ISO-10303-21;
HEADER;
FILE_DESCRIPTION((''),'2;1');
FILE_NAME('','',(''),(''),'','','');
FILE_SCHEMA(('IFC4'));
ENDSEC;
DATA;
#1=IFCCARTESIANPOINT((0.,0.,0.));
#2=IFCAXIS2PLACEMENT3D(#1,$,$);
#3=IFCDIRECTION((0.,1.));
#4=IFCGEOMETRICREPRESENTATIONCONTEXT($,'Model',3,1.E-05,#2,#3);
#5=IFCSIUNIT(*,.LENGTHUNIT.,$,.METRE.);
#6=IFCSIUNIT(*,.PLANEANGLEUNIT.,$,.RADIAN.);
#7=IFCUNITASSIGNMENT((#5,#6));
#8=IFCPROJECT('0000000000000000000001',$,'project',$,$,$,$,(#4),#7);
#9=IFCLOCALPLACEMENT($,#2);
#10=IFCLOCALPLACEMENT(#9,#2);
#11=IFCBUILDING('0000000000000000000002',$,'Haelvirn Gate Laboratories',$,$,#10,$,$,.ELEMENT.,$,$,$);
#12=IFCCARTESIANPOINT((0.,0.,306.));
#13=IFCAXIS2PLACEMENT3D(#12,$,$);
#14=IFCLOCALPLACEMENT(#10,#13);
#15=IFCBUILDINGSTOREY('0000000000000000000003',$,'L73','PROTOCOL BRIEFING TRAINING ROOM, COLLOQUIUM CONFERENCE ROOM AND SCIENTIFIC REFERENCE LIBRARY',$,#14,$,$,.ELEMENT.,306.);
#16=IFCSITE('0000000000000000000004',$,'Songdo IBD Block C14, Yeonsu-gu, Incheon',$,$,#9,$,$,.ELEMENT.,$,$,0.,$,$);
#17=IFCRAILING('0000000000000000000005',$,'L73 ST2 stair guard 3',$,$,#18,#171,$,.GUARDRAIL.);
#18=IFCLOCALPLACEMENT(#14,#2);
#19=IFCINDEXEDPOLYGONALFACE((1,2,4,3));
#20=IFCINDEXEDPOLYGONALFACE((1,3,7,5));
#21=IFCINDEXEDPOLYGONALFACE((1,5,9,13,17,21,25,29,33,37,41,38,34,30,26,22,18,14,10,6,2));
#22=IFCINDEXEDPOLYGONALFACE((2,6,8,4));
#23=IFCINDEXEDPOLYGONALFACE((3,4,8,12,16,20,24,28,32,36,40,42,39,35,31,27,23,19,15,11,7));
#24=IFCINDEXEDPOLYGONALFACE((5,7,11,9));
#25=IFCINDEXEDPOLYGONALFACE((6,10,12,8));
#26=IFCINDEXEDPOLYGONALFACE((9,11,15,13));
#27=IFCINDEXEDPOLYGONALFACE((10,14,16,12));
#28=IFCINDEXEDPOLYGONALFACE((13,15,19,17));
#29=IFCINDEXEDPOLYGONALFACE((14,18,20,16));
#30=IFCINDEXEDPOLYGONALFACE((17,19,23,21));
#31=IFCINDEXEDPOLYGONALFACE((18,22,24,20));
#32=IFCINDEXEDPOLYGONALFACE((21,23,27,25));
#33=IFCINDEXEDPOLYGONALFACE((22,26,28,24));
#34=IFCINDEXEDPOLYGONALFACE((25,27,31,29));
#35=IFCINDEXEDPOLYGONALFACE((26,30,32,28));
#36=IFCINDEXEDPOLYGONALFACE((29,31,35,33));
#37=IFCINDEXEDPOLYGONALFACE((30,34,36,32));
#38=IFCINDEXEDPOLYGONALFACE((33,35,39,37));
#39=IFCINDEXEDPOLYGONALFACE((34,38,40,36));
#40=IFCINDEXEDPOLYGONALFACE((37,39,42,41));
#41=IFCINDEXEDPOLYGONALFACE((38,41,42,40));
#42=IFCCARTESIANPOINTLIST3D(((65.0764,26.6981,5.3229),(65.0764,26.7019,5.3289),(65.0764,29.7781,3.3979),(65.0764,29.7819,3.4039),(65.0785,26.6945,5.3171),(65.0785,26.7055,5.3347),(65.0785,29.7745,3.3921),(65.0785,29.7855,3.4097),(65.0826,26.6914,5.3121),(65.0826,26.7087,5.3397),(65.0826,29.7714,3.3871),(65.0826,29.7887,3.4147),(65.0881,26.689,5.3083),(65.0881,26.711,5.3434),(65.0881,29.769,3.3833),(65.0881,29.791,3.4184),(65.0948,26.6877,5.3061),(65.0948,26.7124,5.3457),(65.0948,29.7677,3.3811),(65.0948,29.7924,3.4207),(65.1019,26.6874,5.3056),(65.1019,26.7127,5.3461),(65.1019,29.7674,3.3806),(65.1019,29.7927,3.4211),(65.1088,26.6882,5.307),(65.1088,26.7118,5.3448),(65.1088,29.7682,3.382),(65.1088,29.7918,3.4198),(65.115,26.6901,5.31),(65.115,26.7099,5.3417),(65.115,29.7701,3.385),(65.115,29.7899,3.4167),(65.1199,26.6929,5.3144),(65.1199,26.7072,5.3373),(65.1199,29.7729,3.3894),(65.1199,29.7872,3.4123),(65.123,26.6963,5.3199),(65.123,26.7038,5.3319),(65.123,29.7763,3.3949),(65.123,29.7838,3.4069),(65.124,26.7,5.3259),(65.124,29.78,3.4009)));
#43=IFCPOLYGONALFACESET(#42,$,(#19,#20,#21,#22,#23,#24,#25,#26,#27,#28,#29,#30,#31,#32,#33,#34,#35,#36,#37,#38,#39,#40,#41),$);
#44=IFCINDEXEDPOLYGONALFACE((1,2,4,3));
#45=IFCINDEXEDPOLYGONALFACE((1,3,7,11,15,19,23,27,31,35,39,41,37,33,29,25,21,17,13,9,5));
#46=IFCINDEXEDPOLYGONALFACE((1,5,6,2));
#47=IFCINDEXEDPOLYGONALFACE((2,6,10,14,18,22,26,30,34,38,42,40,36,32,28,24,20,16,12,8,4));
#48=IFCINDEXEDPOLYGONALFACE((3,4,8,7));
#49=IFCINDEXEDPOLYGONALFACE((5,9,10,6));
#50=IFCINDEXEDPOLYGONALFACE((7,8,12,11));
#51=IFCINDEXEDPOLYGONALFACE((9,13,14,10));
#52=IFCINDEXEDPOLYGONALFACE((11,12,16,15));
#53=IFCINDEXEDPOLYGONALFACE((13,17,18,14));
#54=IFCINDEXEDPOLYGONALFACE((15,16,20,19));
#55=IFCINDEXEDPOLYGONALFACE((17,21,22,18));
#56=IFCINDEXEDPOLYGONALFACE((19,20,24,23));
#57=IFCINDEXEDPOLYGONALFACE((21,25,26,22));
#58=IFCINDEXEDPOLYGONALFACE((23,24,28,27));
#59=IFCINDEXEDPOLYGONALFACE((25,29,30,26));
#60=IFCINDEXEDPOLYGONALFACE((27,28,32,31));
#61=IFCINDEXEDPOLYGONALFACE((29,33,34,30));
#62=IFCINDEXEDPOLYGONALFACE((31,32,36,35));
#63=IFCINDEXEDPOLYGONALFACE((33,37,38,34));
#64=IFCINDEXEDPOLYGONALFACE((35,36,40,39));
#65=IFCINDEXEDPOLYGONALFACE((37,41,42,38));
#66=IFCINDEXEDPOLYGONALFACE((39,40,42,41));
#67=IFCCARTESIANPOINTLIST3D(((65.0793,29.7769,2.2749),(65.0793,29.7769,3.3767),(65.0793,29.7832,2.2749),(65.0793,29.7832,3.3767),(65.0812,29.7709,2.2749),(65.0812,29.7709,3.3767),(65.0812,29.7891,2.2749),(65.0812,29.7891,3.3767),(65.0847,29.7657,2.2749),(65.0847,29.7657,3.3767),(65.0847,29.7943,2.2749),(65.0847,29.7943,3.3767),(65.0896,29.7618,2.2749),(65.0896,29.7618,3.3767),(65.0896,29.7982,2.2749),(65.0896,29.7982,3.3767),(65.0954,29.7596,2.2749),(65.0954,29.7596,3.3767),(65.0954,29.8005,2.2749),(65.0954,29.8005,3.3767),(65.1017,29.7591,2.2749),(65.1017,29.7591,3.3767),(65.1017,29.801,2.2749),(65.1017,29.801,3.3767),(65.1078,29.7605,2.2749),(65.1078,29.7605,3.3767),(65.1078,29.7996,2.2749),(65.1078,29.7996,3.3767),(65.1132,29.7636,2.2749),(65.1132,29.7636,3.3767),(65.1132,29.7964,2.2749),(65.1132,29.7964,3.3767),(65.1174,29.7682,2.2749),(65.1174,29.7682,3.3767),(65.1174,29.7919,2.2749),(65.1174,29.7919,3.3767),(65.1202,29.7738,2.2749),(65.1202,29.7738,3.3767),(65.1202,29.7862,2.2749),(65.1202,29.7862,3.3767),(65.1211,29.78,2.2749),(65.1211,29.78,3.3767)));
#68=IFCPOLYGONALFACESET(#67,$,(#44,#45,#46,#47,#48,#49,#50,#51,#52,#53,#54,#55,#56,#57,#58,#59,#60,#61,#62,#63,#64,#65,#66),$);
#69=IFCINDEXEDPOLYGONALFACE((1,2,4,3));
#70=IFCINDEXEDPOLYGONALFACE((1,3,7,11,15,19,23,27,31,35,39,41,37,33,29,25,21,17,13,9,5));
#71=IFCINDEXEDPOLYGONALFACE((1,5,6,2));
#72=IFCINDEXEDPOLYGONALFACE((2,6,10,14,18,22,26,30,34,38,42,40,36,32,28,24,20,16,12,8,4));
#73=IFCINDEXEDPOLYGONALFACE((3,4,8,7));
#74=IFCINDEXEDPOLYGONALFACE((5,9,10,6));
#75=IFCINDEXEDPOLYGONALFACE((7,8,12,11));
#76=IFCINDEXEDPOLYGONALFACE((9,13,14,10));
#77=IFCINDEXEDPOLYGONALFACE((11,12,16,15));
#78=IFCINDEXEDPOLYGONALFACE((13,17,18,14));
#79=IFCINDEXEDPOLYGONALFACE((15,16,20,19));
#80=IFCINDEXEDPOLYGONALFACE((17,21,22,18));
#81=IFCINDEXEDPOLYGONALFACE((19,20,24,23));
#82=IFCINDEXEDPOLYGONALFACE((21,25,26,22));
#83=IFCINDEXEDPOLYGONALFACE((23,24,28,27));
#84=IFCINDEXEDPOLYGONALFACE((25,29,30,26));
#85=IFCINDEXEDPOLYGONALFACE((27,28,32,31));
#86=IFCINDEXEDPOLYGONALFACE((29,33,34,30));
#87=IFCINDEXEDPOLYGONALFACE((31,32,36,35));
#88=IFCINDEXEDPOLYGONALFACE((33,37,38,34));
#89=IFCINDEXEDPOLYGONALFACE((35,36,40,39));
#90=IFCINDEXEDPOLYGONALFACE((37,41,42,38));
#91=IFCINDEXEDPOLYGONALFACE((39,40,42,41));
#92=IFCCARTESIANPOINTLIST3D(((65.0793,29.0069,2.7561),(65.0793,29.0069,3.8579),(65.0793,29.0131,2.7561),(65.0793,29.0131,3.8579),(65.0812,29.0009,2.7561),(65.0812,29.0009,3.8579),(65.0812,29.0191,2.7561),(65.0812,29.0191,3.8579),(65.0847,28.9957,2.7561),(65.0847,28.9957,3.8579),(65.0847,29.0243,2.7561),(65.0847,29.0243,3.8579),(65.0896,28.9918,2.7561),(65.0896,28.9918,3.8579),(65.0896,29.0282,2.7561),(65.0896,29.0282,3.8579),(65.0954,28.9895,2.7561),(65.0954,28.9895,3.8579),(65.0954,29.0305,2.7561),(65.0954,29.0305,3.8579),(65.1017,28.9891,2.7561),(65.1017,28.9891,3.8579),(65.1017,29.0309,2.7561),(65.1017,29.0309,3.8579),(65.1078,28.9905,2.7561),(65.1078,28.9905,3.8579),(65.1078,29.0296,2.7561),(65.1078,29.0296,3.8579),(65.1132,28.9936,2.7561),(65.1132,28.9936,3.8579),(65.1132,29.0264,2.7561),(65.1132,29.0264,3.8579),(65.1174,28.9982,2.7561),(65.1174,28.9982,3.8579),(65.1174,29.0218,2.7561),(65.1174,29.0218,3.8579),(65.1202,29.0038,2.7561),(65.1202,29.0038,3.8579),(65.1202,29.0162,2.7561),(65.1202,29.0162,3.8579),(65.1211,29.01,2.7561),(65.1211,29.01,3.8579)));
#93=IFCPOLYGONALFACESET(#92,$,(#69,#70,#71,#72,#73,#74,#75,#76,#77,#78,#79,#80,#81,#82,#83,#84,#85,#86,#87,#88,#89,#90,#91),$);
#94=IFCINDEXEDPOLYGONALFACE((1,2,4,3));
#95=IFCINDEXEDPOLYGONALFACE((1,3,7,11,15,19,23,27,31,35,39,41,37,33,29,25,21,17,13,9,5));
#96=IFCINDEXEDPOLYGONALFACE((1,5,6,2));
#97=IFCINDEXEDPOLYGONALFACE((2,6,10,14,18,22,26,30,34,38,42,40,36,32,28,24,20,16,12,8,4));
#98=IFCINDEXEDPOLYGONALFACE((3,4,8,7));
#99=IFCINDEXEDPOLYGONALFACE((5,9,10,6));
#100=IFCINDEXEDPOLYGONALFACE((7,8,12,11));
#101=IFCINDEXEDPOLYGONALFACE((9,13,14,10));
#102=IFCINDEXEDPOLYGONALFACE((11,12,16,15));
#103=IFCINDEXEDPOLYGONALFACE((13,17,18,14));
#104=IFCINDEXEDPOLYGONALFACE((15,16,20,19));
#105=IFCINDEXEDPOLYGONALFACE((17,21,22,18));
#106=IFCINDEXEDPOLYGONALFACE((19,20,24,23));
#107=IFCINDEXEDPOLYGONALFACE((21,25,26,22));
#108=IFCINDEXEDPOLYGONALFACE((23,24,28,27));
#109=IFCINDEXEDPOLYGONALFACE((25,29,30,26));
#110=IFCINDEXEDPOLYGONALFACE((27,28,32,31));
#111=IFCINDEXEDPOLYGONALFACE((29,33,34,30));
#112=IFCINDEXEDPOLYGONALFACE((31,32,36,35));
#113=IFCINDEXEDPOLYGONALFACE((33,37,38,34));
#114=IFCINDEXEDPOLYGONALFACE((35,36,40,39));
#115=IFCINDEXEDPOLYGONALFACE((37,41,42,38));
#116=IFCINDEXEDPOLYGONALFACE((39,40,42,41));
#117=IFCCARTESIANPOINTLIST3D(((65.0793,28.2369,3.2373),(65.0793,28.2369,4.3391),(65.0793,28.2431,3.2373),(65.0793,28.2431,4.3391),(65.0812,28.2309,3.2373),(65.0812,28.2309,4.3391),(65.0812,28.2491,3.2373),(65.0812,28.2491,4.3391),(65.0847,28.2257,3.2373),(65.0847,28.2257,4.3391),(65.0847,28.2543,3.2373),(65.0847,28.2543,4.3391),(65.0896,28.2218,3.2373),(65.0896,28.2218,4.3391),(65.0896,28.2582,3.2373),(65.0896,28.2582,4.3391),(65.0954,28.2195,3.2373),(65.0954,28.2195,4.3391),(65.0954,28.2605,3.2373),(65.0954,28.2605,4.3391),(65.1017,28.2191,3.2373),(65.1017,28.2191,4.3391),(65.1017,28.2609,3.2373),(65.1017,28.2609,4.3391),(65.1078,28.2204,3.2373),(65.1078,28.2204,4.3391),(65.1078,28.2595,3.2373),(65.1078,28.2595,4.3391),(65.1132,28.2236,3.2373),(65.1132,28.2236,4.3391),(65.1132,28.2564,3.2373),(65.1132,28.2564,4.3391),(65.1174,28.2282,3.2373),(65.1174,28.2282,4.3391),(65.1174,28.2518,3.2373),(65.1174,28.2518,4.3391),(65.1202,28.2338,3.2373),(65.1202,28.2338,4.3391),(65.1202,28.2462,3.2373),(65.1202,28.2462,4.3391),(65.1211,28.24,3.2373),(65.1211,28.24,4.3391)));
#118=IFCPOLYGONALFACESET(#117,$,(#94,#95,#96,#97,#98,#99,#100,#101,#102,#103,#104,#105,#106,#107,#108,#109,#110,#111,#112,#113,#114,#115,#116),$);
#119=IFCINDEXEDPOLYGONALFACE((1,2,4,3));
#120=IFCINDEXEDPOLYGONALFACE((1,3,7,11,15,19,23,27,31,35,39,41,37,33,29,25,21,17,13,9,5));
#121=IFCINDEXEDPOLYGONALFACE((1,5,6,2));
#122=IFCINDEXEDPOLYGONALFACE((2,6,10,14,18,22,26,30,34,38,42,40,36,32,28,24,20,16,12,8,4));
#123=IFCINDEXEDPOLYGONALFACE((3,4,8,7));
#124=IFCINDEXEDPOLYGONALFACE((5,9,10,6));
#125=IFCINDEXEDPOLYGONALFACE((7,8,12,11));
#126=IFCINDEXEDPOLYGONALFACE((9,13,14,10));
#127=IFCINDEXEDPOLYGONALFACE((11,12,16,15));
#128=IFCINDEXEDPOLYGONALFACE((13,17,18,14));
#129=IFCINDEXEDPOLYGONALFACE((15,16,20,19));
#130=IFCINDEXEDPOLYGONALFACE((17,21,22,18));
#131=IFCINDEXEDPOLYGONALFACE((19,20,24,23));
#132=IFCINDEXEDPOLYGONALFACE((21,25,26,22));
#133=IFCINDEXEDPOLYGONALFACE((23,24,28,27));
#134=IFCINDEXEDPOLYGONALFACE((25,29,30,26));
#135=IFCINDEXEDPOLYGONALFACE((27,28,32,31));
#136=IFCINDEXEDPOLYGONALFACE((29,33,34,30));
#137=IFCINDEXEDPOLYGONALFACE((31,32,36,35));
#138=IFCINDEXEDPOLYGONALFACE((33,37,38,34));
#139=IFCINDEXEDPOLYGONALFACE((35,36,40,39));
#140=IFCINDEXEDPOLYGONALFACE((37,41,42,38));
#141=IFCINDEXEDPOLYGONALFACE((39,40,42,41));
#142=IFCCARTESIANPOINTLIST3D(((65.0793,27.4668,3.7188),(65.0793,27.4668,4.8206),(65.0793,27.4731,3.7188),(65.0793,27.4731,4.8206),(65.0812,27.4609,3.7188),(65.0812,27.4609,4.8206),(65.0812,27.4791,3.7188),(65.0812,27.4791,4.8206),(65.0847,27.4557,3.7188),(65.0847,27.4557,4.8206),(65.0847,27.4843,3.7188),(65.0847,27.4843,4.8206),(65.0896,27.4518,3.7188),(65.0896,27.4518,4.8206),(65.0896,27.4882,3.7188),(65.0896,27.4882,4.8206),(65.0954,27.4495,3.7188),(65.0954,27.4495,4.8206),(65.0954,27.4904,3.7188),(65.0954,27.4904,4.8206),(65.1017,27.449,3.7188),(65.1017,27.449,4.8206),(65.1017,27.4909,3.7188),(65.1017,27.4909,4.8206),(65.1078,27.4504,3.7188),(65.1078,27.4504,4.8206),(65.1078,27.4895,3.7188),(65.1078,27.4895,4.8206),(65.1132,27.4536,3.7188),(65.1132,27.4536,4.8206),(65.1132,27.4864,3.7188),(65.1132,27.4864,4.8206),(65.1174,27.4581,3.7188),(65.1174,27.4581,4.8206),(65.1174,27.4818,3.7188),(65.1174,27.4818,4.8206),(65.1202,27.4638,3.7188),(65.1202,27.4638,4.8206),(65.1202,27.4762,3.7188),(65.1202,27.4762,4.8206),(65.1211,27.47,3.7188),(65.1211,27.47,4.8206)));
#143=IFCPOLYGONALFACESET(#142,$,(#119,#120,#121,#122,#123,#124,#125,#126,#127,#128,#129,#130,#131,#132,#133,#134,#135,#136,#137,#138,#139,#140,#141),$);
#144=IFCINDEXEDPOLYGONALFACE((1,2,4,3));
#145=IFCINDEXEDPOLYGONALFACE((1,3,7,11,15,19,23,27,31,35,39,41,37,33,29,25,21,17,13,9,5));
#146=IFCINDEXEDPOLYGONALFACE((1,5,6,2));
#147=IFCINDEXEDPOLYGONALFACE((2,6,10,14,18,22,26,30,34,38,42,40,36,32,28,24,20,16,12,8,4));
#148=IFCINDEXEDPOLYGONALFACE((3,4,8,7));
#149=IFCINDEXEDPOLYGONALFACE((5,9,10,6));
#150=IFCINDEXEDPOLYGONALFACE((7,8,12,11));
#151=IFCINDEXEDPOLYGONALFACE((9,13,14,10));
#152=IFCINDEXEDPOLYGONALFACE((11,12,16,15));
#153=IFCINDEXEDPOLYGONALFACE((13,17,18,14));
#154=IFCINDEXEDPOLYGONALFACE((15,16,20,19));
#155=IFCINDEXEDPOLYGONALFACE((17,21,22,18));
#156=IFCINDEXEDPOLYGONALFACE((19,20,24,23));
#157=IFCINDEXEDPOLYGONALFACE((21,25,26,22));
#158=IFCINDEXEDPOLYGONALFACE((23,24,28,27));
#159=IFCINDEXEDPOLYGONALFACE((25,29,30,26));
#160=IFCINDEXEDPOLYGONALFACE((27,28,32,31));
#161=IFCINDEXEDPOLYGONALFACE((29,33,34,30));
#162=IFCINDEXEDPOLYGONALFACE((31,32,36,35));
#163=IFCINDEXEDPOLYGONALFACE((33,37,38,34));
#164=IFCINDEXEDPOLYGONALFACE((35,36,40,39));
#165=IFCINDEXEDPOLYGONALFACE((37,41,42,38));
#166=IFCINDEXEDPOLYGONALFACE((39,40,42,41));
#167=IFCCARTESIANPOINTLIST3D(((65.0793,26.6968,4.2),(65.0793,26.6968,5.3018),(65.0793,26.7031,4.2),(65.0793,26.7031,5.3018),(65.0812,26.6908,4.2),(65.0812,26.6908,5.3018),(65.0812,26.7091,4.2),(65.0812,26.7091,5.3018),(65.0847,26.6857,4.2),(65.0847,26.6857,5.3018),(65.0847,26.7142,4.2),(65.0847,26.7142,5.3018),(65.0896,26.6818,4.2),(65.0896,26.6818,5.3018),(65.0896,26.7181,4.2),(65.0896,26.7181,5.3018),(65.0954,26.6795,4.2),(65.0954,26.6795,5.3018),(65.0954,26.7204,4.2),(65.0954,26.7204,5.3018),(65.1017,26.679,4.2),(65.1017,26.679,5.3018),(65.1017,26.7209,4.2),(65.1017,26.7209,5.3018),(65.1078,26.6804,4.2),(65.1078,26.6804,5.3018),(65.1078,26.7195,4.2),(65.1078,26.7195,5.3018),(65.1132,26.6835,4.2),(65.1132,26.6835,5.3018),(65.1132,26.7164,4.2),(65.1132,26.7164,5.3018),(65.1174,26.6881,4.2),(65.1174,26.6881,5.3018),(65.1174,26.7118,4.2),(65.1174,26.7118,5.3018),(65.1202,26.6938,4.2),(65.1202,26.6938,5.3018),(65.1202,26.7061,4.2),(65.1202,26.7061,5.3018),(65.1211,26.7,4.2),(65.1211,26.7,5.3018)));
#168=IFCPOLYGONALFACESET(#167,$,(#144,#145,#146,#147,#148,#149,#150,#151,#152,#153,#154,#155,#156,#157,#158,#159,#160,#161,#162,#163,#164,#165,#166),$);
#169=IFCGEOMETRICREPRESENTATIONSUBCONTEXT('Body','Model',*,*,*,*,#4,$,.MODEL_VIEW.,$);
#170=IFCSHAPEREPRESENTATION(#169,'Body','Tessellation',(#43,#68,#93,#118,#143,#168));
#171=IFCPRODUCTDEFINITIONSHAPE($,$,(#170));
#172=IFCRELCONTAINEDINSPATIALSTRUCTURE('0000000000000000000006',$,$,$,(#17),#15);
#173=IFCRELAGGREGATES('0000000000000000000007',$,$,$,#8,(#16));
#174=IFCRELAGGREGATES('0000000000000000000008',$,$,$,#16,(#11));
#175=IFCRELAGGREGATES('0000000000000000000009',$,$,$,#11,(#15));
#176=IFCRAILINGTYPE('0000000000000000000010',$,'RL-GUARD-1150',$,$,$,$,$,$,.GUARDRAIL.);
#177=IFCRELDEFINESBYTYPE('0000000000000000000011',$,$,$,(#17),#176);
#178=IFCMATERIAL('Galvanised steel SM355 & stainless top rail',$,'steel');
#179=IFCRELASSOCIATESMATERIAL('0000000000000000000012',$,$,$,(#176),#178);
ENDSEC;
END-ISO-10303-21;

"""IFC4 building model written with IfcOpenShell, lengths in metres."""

from ifc_helpers import new_model, si_unit, direction, frame, origin, origin_2d, place, context, subcontext, project, spatial, circle, extrude, source, transform, mapped, material, type_object, element, save


model = new_model("IFC4")

# Units and contexts
model_context = context("Model", 3, precision=1e-05, world=origin(), true_north=direction((0.0, 1.0)))
body_context = subcontext(model_context, "Body", "Model", "MODEL_VIEW")
ifc_project = project(units=[si_unit("LENGTHUNIT", "METRE"), si_unit("PLANEANGLEUNIT", "RADIAN")], contexts=[model_context])

# Site, building, storey
site_placement = place(None, origin())
site = spatial("IfcSite", under=ifc_project, at=site_placement, Name="Songdo IBD Block C14, Yeonsu-gu, Incheon", CompositionType="ELEMENT", RefElevation=0.0)
building_placement = place(site_placement, origin())
building = spatial("IfcBuilding", under=site, at=building_placement, Name="Haelvirn Gate Laboratories", CompositionType="ELEMENT")
storey_placement = place(building_placement, frame((0.0, 0.0, 306.0)))
storey = spatial("IfcBuildingStorey", under=building, at=storey_placement, Name="L73", Description="PROTOCOL BRIEFING TRAINING ROOM, COLLOQUIUM CONFERENCE ROOM AND SCIENTIFIC REFERENCE LIBRARY", CompositionType="ELEMENT", Elevation=306.0)

# Railing
ifc_material_1 = material(Name="Galvanised steel SM355 & stainless top rail", Category="steel")
railing_type_1 = type_object("IfcRailingType", Name="RL-GUARD-1150", PredefinedType="GUARDRAIL", material=ifc_material_1)
shared_shape_1 = source(origin(), body_context, "Body", "SweptSolid", [
    extrude(circle(Radius=0.0239, at=origin_2d()), frame((0.0, 0.0, 1.126), z_axis=(0.0, -0.847998, 0.529999), x_axis=(1.0, 0.0, 0.0)), (0.0, 0.0, 1.0), 3.6321),
    extrude(circle(Radius=0.021, at=origin_2d()), origin(), (0.0, 0.0, 1.0), 1.1018),
    extrude(circle(Radius=0.021, at=origin_2d()), frame((0.0, -0.77, 0.4812)), (0.0, 0.0, 1.0), 1.1018),
    extrude(circle(Radius=0.021, at=origin_2d()), frame((0.0, -1.54, 0.9624)), (0.0, 0.0, 1.0), 1.1018),
    extrude(circle(Radius=0.021, at=origin_2d()), frame((0.0, -2.3101, 1.4438)), (0.0, 0.0, 1.0), 1.1018),
    extrude(circle(Radius=0.021, at=origin_2d()), frame((0.0, -3.0801, 1.925)), (0.0, 0.0, 1.0), 1.1018),
])
railing_1_placement = place(storey_placement, frame((65.1001, 29.78, 2.2749)))
element("IfcRailing", 1, at=railing_1_placement, inside=storey, type_object=railing_type_1, Name="L73 ST2 stair guard 3", PredefinedType="GUARDRAIL", context=body_context, shape_type="MappedRepresentation", body=[
    mapped(shared_shape_1, transform((0.0, 0.0, 0.0), scale=1.0)),
])

save(model, "model.ifc")
